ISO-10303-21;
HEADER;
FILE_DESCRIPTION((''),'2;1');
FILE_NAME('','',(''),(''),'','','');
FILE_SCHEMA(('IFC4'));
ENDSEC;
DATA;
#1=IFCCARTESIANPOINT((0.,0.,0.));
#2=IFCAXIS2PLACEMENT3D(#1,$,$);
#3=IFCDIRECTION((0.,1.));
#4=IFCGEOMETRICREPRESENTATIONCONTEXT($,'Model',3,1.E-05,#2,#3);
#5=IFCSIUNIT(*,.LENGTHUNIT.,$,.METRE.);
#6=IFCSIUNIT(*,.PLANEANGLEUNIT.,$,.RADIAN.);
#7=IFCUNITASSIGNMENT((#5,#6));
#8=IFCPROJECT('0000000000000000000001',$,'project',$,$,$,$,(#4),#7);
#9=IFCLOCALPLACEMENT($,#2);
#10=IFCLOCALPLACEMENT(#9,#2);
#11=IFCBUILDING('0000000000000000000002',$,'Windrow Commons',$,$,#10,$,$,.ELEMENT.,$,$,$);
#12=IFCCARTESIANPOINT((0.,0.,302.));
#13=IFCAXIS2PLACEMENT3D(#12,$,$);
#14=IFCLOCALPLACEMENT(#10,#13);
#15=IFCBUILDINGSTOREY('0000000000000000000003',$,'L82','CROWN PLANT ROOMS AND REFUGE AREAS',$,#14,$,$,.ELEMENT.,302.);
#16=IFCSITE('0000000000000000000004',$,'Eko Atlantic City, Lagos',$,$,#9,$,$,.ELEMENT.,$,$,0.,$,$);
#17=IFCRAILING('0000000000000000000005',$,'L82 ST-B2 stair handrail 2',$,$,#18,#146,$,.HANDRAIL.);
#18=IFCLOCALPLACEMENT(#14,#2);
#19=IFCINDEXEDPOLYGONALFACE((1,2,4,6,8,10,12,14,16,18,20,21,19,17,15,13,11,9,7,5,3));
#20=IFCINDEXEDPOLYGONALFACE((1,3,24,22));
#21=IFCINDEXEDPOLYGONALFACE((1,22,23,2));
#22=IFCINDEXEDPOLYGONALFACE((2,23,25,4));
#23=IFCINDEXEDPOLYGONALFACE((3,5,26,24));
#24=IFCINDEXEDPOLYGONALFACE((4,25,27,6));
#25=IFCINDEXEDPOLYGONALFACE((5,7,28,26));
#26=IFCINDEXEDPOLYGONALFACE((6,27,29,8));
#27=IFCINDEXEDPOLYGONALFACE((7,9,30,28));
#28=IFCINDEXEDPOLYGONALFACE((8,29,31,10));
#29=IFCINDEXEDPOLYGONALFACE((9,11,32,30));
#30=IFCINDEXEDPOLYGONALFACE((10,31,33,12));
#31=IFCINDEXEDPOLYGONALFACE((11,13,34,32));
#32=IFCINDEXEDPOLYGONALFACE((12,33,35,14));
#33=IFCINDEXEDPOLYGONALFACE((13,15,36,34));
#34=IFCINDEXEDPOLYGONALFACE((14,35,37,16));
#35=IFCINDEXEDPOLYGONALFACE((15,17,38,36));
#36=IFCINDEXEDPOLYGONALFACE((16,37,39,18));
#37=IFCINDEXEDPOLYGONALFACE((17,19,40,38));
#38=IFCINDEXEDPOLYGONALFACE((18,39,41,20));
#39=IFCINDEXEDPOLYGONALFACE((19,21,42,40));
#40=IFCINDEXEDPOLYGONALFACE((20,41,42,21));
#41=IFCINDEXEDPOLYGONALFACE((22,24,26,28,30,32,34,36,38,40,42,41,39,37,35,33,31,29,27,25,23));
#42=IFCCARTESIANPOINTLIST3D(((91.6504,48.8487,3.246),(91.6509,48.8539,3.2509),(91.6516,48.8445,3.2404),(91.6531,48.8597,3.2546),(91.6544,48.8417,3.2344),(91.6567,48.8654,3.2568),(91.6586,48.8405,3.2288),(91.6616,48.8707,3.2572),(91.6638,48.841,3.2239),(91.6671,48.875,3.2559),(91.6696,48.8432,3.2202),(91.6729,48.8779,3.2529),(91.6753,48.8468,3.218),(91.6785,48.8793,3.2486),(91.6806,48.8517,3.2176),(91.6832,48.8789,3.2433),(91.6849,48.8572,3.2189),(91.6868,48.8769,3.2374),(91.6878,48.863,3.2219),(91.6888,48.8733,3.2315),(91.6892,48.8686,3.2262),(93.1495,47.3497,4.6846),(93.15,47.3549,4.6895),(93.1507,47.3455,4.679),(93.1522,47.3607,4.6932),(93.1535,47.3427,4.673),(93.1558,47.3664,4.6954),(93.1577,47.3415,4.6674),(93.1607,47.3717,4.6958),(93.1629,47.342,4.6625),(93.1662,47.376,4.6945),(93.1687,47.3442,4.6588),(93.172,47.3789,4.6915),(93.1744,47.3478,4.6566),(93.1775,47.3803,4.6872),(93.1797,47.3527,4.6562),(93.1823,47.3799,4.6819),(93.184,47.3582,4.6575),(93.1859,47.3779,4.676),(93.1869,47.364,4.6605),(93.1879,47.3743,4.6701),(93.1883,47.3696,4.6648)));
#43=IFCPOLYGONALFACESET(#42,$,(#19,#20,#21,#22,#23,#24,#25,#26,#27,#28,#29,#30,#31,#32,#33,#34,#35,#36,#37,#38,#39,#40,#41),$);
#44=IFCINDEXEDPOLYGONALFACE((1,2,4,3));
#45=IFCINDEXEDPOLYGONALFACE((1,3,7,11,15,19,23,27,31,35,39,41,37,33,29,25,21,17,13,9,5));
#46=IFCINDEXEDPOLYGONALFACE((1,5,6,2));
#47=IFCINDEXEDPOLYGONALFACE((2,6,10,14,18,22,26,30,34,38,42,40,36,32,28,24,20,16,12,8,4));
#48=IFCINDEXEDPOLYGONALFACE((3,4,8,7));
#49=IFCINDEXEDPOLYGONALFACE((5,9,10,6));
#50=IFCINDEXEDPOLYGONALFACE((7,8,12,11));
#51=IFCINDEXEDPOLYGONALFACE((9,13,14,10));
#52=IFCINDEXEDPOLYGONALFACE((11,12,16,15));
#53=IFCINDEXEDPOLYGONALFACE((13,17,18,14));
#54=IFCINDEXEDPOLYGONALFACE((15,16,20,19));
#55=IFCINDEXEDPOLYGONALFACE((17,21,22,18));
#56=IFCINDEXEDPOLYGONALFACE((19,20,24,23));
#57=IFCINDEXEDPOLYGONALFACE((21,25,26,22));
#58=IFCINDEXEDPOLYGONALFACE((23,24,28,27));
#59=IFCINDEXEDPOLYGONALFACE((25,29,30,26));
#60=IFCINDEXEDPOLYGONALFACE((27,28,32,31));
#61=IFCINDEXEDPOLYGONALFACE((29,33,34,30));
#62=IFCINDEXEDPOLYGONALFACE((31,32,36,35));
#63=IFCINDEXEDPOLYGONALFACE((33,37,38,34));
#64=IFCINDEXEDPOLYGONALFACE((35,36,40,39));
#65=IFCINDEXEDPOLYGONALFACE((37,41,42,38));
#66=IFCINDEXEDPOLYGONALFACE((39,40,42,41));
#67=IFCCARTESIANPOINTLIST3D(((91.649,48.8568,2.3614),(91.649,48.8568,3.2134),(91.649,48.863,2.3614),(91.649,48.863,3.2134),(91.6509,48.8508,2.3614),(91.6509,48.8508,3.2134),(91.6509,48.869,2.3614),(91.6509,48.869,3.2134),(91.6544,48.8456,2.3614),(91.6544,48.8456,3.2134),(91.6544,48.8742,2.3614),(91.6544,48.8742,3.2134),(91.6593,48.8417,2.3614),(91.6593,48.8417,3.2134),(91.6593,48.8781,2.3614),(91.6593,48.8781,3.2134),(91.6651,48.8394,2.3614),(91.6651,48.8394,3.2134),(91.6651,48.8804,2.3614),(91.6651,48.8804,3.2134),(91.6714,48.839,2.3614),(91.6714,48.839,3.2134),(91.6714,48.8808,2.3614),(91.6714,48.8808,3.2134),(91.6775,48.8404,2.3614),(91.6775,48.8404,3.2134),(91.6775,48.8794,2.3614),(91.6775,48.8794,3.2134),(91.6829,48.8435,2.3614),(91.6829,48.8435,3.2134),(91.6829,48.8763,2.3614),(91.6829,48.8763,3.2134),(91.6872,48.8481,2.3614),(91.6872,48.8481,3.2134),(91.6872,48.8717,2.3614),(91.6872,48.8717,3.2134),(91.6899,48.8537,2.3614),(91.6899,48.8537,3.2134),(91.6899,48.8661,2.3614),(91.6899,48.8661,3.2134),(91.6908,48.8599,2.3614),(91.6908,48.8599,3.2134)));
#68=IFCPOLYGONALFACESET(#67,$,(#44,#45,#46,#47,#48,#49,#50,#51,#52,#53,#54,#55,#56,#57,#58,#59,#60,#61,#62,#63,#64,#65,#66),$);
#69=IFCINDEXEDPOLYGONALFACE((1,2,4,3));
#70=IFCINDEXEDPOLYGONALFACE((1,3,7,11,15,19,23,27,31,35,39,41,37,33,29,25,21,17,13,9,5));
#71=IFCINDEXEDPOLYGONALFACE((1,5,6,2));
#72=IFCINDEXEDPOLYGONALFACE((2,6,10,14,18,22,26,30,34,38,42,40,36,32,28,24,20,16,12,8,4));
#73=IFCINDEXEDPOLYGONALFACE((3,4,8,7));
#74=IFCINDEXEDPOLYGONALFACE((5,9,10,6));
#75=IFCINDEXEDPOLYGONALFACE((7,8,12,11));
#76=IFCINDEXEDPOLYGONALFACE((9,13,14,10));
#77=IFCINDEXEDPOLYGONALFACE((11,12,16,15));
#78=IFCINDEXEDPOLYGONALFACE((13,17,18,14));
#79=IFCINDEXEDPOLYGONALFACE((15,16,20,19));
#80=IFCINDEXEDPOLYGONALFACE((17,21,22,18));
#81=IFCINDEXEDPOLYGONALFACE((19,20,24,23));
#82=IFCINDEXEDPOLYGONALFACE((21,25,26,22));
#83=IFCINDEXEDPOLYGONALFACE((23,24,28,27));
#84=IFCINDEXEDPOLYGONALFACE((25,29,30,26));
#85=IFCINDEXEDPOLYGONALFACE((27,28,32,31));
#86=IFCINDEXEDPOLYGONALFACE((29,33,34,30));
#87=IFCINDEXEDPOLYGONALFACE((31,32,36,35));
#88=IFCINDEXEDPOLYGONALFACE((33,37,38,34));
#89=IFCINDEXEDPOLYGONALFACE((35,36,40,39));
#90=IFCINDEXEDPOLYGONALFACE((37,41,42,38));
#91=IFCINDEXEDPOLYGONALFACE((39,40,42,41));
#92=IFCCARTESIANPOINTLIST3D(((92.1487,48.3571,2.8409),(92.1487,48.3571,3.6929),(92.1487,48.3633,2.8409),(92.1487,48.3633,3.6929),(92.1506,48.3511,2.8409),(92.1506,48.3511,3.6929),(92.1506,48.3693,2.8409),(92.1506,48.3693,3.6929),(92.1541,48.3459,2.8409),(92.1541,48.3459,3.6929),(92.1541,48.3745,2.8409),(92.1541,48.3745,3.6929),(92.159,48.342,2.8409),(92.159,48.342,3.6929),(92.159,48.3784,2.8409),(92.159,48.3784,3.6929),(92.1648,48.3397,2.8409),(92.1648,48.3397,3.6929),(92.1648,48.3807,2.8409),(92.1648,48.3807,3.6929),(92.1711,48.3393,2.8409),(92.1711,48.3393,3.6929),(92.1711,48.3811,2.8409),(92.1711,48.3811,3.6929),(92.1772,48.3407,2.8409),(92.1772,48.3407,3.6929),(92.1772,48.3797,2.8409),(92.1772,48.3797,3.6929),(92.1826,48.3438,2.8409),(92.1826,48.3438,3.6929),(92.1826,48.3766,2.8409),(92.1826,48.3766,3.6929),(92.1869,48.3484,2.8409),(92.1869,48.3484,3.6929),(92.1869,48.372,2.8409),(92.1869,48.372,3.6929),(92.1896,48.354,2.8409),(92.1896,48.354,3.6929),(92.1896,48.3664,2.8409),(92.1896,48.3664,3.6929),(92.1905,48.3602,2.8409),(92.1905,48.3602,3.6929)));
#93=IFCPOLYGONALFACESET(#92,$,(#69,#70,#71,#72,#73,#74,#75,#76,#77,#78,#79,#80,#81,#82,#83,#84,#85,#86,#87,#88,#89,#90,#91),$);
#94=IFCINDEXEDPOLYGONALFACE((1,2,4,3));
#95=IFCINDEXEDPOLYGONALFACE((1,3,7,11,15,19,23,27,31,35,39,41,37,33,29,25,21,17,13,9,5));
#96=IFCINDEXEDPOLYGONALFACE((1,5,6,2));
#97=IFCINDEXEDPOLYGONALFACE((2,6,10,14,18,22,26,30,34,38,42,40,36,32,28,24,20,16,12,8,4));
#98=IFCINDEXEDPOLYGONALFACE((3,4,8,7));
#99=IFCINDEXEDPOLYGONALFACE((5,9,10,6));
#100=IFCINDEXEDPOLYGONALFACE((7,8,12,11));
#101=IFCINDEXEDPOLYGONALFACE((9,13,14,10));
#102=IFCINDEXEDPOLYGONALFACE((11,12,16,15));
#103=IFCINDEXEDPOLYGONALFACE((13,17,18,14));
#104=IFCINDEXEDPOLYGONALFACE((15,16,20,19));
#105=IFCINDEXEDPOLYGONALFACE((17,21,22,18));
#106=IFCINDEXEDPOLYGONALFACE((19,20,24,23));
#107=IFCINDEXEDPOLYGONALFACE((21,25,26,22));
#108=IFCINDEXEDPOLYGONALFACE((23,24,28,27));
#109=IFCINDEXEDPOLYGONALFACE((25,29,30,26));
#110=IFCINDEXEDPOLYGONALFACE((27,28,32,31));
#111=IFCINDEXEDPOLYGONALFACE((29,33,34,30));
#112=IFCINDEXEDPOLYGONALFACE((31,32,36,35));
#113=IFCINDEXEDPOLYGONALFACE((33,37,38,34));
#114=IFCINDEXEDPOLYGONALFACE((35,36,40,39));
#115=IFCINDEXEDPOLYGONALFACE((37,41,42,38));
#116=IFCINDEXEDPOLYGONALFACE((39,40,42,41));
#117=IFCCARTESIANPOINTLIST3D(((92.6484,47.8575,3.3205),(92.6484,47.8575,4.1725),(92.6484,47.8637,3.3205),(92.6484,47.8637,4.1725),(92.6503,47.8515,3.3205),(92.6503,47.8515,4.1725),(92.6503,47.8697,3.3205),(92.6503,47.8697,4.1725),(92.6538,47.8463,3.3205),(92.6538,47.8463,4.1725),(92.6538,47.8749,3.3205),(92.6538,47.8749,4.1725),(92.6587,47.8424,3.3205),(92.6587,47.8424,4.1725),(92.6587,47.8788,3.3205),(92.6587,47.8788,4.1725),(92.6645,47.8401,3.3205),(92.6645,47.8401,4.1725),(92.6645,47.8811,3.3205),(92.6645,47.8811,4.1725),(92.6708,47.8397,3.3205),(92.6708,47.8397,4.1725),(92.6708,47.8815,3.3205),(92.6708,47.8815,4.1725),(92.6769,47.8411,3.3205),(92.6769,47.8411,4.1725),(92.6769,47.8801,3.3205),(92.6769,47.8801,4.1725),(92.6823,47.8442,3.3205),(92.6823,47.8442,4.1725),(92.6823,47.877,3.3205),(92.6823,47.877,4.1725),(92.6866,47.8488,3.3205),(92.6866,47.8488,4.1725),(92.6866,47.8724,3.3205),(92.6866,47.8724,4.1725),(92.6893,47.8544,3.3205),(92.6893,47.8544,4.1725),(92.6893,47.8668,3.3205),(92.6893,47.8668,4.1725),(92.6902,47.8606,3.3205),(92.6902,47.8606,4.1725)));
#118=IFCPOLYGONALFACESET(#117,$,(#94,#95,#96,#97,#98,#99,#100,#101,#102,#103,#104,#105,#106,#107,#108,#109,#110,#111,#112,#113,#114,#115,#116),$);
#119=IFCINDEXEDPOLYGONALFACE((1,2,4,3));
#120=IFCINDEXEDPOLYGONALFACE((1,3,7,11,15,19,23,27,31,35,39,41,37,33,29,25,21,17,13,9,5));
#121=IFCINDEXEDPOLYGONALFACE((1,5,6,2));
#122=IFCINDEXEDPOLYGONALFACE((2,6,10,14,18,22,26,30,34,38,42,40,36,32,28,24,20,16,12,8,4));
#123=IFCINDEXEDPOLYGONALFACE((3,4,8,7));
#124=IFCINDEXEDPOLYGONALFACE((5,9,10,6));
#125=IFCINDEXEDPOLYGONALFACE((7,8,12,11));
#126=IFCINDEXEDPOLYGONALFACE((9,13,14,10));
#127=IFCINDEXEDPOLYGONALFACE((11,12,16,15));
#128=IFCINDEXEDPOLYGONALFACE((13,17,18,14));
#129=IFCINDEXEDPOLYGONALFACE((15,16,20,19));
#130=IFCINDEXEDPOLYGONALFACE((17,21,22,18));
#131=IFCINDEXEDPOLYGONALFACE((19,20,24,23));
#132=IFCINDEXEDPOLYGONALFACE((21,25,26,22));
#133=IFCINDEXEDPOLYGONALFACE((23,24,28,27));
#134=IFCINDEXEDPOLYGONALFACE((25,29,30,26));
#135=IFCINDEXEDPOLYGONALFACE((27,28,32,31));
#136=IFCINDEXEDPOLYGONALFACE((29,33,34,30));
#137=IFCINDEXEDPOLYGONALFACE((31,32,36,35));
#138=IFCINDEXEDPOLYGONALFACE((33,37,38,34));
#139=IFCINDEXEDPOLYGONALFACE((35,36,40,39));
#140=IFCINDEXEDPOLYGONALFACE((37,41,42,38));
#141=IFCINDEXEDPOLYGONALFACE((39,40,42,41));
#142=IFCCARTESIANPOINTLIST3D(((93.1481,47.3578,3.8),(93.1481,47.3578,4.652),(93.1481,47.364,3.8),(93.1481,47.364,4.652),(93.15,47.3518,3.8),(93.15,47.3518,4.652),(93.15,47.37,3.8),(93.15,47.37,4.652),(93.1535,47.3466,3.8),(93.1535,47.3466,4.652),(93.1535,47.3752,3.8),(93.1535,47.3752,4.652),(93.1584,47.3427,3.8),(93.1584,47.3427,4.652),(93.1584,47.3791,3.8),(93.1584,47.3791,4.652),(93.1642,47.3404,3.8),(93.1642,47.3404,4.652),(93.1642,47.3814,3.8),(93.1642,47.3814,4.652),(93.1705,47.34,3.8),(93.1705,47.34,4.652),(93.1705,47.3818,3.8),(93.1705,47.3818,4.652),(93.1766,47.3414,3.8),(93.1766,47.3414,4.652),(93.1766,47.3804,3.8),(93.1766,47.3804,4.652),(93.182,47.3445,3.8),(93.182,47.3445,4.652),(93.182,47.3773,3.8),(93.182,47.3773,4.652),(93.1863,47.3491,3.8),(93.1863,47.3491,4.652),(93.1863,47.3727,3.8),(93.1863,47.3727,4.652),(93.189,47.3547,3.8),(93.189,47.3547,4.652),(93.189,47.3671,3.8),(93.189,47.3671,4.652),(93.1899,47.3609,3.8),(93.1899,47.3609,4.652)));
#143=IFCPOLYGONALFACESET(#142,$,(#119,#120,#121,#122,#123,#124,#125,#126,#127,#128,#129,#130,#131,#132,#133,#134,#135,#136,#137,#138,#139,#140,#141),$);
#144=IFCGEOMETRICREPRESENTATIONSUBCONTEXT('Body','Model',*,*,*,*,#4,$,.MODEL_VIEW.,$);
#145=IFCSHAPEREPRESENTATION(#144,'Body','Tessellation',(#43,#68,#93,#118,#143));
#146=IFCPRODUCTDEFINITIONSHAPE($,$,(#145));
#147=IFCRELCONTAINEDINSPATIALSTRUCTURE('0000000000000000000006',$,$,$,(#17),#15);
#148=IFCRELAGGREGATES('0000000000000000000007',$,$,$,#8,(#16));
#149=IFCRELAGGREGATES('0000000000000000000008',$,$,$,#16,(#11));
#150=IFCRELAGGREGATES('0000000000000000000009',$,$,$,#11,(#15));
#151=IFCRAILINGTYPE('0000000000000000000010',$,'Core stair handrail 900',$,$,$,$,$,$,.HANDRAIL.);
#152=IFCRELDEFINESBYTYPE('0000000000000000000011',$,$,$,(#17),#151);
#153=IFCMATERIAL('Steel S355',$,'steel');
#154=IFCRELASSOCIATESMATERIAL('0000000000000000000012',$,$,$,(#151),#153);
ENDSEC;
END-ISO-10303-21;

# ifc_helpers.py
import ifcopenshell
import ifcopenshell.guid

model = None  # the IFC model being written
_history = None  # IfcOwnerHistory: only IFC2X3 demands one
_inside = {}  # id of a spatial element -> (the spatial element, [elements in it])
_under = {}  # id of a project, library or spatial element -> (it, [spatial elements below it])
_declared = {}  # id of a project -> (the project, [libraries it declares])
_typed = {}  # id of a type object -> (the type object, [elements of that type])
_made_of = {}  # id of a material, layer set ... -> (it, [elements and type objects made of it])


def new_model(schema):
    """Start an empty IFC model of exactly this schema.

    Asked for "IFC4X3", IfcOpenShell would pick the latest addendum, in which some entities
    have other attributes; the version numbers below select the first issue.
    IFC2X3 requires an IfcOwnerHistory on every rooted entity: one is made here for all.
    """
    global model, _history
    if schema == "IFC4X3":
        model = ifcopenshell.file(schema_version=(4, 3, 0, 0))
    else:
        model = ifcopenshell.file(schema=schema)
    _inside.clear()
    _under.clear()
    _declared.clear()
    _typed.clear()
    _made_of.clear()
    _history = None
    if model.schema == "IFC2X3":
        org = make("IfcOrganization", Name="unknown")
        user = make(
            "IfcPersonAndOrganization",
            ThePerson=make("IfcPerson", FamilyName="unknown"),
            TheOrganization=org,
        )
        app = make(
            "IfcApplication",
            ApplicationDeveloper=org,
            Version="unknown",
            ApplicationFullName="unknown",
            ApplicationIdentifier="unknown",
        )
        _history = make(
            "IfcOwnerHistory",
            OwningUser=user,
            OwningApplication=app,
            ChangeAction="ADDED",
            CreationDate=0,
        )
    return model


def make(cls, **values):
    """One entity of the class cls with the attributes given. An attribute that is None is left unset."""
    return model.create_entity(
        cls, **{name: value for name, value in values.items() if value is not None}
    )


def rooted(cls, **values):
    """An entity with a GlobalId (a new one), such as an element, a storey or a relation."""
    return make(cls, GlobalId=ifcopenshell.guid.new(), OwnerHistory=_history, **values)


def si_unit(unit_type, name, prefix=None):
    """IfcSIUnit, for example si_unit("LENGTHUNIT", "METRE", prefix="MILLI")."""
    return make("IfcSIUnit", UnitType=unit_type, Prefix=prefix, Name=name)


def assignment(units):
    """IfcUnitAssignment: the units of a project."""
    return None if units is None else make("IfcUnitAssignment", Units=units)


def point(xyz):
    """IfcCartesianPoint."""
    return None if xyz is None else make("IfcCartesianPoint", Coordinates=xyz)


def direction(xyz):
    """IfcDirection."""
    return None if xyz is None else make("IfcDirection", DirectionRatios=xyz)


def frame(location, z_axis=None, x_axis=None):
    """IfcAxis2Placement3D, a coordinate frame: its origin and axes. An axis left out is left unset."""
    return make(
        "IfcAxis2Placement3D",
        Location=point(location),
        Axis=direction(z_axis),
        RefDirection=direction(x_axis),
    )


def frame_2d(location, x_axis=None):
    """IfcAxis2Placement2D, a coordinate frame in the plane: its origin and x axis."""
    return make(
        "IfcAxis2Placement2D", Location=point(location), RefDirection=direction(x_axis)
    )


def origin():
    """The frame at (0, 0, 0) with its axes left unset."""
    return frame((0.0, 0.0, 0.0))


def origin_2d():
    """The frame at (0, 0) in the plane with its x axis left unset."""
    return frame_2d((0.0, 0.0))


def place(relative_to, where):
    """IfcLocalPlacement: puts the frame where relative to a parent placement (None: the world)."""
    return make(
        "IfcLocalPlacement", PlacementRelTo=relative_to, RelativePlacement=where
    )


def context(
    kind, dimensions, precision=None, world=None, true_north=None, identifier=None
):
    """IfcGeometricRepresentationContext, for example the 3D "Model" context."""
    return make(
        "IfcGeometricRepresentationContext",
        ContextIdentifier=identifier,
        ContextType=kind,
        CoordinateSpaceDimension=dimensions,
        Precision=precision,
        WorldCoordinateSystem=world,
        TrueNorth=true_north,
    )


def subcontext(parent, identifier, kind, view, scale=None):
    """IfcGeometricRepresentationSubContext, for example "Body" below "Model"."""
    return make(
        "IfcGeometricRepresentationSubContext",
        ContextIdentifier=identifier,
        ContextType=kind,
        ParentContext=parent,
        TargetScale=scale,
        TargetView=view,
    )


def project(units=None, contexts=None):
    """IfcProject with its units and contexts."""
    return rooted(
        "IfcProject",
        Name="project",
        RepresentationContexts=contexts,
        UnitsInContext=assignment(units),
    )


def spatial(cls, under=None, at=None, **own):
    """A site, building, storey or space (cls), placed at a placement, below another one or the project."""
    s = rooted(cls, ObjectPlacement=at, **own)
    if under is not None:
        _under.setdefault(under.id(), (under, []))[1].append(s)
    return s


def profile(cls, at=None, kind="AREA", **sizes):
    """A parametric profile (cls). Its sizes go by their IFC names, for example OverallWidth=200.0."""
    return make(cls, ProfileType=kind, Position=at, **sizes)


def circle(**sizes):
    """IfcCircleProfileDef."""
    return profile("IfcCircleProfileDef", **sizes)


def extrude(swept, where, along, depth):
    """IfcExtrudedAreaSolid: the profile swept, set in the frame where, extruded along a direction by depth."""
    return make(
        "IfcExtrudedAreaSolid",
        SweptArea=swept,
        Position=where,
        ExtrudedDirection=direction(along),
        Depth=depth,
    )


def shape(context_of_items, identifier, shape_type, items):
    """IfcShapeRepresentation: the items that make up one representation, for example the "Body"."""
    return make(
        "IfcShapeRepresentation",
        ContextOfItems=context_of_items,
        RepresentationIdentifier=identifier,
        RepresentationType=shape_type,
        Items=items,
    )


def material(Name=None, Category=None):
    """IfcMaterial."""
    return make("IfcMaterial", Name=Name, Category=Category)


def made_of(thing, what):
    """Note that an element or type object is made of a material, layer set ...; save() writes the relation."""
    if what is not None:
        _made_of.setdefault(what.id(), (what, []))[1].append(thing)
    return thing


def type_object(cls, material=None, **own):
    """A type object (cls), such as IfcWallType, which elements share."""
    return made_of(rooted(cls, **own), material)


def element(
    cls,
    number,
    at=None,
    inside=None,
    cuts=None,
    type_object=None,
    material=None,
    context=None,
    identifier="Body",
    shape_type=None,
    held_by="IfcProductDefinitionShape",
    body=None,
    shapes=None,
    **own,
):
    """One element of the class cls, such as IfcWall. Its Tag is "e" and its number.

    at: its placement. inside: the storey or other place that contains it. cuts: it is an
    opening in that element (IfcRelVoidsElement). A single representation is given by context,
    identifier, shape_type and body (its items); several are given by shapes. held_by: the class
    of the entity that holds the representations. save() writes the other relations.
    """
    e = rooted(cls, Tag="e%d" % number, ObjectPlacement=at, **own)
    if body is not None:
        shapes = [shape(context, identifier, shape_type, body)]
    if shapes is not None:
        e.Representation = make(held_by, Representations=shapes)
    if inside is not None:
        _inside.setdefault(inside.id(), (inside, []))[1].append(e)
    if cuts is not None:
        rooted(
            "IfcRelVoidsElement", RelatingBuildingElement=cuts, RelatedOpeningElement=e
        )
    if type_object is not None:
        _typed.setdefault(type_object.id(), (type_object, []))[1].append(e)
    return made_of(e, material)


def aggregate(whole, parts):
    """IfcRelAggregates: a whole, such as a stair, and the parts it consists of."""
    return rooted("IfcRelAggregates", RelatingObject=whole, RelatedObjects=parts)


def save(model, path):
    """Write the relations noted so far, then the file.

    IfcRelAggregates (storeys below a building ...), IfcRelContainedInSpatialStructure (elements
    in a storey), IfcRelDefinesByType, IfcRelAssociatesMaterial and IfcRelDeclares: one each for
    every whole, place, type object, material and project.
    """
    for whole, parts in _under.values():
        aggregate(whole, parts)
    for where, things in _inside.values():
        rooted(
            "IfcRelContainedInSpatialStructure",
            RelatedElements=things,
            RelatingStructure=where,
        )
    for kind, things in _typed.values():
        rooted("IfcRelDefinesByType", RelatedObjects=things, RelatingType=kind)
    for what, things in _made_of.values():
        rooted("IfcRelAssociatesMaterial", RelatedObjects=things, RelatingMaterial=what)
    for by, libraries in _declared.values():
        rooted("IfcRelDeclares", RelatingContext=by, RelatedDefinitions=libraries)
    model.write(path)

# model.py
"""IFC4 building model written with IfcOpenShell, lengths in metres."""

from ifc_helpers import new_model, si_unit, direction, frame, origin, origin_2d, place, context, subcontext, project, spatial, circle, extrude, material, type_object, element, save


model = new_model("IFC4")

# Units and contexts
model_context = context("Model", 3, precision=1e-05, world=origin(), true_north=direction((0.0, 1.0)))
body_context = subcontext(model_context, "Body", "Model", "MODEL_VIEW")
ifc_project = project(units=[si_unit("LENGTHUNIT", "METRE"), si_unit("PLANEANGLEUNIT", "RADIAN")], contexts=[model_context])

# Site, building, storey
site_placement = place(None, origin())
site = spatial("IfcSite", under=ifc_project, at=site_placement, Name="Eko Atlantic City, Lagos", CompositionType="ELEMENT", RefElevation=0.0)
building_placement = place(site_placement, origin())
building = spatial("IfcBuilding", under=site, at=building_placement, Name="Windrow Commons", CompositionType="ELEMENT")
storey_placement = place(building_placement, frame((0.0, 0.0, 302.0)))
storey = spatial("IfcBuildingStorey", under=building, at=storey_placement, Name="L82", Description="CROWN PLANT ROOMS AND REFUGE AREAS", CompositionType="ELEMENT", Elevation=302.0)

# Railing
ifc_material_1 = material(Name="Steel S355", Category="steel")
railing_type_1 = type_object("IfcRailingType", Name="Core stair handrail 900", PredefinedType="HANDRAIL", material=ifc_material_1)
railing_1_placement = place(storey_placement, frame((91.6698, 48.8599, 2.3614)))
element("IfcRailing", 1, at=railing_1_placement, inside=storey, type_object=railing_type_1, Name="L82 ST-B2 stair handrail 2", PredefinedType="HANDRAIL", context=body_context, shape_type="SweptSolid", body=[
    extrude(circle(Radius=0.024, at=origin_2d()), frame((0.0, 0.0, 0.876), z_axis=(0.585128, -0.585089, 0.561513), x_axis=(0.707083, 0.70713, 0.0)), (0.0, 0.0, 1.0), 2.562),
    extrude(circle(Radius=0.021, at=origin_2d()), origin(), (0.0, 0.0, 1.0), 0.852),
    extrude(circle(Radius=0.021, at=origin_2d()), frame((0.4997, -0.4997, 0.4795)), (0.0, 0.0, 1.0), 0.852),
    extrude(circle(Radius=0.021, at=origin_2d()), frame((0.9994, -0.9993, 0.9591)), (0.0, 0.0, 1.0), 0.852),
    extrude(circle(Radius=0.021, at=origin_2d()), frame((1.4991, -1.499, 1.4386)), (0.0, 0.0, 1.0), 0.852),
])

save(model, "model.ifc")
